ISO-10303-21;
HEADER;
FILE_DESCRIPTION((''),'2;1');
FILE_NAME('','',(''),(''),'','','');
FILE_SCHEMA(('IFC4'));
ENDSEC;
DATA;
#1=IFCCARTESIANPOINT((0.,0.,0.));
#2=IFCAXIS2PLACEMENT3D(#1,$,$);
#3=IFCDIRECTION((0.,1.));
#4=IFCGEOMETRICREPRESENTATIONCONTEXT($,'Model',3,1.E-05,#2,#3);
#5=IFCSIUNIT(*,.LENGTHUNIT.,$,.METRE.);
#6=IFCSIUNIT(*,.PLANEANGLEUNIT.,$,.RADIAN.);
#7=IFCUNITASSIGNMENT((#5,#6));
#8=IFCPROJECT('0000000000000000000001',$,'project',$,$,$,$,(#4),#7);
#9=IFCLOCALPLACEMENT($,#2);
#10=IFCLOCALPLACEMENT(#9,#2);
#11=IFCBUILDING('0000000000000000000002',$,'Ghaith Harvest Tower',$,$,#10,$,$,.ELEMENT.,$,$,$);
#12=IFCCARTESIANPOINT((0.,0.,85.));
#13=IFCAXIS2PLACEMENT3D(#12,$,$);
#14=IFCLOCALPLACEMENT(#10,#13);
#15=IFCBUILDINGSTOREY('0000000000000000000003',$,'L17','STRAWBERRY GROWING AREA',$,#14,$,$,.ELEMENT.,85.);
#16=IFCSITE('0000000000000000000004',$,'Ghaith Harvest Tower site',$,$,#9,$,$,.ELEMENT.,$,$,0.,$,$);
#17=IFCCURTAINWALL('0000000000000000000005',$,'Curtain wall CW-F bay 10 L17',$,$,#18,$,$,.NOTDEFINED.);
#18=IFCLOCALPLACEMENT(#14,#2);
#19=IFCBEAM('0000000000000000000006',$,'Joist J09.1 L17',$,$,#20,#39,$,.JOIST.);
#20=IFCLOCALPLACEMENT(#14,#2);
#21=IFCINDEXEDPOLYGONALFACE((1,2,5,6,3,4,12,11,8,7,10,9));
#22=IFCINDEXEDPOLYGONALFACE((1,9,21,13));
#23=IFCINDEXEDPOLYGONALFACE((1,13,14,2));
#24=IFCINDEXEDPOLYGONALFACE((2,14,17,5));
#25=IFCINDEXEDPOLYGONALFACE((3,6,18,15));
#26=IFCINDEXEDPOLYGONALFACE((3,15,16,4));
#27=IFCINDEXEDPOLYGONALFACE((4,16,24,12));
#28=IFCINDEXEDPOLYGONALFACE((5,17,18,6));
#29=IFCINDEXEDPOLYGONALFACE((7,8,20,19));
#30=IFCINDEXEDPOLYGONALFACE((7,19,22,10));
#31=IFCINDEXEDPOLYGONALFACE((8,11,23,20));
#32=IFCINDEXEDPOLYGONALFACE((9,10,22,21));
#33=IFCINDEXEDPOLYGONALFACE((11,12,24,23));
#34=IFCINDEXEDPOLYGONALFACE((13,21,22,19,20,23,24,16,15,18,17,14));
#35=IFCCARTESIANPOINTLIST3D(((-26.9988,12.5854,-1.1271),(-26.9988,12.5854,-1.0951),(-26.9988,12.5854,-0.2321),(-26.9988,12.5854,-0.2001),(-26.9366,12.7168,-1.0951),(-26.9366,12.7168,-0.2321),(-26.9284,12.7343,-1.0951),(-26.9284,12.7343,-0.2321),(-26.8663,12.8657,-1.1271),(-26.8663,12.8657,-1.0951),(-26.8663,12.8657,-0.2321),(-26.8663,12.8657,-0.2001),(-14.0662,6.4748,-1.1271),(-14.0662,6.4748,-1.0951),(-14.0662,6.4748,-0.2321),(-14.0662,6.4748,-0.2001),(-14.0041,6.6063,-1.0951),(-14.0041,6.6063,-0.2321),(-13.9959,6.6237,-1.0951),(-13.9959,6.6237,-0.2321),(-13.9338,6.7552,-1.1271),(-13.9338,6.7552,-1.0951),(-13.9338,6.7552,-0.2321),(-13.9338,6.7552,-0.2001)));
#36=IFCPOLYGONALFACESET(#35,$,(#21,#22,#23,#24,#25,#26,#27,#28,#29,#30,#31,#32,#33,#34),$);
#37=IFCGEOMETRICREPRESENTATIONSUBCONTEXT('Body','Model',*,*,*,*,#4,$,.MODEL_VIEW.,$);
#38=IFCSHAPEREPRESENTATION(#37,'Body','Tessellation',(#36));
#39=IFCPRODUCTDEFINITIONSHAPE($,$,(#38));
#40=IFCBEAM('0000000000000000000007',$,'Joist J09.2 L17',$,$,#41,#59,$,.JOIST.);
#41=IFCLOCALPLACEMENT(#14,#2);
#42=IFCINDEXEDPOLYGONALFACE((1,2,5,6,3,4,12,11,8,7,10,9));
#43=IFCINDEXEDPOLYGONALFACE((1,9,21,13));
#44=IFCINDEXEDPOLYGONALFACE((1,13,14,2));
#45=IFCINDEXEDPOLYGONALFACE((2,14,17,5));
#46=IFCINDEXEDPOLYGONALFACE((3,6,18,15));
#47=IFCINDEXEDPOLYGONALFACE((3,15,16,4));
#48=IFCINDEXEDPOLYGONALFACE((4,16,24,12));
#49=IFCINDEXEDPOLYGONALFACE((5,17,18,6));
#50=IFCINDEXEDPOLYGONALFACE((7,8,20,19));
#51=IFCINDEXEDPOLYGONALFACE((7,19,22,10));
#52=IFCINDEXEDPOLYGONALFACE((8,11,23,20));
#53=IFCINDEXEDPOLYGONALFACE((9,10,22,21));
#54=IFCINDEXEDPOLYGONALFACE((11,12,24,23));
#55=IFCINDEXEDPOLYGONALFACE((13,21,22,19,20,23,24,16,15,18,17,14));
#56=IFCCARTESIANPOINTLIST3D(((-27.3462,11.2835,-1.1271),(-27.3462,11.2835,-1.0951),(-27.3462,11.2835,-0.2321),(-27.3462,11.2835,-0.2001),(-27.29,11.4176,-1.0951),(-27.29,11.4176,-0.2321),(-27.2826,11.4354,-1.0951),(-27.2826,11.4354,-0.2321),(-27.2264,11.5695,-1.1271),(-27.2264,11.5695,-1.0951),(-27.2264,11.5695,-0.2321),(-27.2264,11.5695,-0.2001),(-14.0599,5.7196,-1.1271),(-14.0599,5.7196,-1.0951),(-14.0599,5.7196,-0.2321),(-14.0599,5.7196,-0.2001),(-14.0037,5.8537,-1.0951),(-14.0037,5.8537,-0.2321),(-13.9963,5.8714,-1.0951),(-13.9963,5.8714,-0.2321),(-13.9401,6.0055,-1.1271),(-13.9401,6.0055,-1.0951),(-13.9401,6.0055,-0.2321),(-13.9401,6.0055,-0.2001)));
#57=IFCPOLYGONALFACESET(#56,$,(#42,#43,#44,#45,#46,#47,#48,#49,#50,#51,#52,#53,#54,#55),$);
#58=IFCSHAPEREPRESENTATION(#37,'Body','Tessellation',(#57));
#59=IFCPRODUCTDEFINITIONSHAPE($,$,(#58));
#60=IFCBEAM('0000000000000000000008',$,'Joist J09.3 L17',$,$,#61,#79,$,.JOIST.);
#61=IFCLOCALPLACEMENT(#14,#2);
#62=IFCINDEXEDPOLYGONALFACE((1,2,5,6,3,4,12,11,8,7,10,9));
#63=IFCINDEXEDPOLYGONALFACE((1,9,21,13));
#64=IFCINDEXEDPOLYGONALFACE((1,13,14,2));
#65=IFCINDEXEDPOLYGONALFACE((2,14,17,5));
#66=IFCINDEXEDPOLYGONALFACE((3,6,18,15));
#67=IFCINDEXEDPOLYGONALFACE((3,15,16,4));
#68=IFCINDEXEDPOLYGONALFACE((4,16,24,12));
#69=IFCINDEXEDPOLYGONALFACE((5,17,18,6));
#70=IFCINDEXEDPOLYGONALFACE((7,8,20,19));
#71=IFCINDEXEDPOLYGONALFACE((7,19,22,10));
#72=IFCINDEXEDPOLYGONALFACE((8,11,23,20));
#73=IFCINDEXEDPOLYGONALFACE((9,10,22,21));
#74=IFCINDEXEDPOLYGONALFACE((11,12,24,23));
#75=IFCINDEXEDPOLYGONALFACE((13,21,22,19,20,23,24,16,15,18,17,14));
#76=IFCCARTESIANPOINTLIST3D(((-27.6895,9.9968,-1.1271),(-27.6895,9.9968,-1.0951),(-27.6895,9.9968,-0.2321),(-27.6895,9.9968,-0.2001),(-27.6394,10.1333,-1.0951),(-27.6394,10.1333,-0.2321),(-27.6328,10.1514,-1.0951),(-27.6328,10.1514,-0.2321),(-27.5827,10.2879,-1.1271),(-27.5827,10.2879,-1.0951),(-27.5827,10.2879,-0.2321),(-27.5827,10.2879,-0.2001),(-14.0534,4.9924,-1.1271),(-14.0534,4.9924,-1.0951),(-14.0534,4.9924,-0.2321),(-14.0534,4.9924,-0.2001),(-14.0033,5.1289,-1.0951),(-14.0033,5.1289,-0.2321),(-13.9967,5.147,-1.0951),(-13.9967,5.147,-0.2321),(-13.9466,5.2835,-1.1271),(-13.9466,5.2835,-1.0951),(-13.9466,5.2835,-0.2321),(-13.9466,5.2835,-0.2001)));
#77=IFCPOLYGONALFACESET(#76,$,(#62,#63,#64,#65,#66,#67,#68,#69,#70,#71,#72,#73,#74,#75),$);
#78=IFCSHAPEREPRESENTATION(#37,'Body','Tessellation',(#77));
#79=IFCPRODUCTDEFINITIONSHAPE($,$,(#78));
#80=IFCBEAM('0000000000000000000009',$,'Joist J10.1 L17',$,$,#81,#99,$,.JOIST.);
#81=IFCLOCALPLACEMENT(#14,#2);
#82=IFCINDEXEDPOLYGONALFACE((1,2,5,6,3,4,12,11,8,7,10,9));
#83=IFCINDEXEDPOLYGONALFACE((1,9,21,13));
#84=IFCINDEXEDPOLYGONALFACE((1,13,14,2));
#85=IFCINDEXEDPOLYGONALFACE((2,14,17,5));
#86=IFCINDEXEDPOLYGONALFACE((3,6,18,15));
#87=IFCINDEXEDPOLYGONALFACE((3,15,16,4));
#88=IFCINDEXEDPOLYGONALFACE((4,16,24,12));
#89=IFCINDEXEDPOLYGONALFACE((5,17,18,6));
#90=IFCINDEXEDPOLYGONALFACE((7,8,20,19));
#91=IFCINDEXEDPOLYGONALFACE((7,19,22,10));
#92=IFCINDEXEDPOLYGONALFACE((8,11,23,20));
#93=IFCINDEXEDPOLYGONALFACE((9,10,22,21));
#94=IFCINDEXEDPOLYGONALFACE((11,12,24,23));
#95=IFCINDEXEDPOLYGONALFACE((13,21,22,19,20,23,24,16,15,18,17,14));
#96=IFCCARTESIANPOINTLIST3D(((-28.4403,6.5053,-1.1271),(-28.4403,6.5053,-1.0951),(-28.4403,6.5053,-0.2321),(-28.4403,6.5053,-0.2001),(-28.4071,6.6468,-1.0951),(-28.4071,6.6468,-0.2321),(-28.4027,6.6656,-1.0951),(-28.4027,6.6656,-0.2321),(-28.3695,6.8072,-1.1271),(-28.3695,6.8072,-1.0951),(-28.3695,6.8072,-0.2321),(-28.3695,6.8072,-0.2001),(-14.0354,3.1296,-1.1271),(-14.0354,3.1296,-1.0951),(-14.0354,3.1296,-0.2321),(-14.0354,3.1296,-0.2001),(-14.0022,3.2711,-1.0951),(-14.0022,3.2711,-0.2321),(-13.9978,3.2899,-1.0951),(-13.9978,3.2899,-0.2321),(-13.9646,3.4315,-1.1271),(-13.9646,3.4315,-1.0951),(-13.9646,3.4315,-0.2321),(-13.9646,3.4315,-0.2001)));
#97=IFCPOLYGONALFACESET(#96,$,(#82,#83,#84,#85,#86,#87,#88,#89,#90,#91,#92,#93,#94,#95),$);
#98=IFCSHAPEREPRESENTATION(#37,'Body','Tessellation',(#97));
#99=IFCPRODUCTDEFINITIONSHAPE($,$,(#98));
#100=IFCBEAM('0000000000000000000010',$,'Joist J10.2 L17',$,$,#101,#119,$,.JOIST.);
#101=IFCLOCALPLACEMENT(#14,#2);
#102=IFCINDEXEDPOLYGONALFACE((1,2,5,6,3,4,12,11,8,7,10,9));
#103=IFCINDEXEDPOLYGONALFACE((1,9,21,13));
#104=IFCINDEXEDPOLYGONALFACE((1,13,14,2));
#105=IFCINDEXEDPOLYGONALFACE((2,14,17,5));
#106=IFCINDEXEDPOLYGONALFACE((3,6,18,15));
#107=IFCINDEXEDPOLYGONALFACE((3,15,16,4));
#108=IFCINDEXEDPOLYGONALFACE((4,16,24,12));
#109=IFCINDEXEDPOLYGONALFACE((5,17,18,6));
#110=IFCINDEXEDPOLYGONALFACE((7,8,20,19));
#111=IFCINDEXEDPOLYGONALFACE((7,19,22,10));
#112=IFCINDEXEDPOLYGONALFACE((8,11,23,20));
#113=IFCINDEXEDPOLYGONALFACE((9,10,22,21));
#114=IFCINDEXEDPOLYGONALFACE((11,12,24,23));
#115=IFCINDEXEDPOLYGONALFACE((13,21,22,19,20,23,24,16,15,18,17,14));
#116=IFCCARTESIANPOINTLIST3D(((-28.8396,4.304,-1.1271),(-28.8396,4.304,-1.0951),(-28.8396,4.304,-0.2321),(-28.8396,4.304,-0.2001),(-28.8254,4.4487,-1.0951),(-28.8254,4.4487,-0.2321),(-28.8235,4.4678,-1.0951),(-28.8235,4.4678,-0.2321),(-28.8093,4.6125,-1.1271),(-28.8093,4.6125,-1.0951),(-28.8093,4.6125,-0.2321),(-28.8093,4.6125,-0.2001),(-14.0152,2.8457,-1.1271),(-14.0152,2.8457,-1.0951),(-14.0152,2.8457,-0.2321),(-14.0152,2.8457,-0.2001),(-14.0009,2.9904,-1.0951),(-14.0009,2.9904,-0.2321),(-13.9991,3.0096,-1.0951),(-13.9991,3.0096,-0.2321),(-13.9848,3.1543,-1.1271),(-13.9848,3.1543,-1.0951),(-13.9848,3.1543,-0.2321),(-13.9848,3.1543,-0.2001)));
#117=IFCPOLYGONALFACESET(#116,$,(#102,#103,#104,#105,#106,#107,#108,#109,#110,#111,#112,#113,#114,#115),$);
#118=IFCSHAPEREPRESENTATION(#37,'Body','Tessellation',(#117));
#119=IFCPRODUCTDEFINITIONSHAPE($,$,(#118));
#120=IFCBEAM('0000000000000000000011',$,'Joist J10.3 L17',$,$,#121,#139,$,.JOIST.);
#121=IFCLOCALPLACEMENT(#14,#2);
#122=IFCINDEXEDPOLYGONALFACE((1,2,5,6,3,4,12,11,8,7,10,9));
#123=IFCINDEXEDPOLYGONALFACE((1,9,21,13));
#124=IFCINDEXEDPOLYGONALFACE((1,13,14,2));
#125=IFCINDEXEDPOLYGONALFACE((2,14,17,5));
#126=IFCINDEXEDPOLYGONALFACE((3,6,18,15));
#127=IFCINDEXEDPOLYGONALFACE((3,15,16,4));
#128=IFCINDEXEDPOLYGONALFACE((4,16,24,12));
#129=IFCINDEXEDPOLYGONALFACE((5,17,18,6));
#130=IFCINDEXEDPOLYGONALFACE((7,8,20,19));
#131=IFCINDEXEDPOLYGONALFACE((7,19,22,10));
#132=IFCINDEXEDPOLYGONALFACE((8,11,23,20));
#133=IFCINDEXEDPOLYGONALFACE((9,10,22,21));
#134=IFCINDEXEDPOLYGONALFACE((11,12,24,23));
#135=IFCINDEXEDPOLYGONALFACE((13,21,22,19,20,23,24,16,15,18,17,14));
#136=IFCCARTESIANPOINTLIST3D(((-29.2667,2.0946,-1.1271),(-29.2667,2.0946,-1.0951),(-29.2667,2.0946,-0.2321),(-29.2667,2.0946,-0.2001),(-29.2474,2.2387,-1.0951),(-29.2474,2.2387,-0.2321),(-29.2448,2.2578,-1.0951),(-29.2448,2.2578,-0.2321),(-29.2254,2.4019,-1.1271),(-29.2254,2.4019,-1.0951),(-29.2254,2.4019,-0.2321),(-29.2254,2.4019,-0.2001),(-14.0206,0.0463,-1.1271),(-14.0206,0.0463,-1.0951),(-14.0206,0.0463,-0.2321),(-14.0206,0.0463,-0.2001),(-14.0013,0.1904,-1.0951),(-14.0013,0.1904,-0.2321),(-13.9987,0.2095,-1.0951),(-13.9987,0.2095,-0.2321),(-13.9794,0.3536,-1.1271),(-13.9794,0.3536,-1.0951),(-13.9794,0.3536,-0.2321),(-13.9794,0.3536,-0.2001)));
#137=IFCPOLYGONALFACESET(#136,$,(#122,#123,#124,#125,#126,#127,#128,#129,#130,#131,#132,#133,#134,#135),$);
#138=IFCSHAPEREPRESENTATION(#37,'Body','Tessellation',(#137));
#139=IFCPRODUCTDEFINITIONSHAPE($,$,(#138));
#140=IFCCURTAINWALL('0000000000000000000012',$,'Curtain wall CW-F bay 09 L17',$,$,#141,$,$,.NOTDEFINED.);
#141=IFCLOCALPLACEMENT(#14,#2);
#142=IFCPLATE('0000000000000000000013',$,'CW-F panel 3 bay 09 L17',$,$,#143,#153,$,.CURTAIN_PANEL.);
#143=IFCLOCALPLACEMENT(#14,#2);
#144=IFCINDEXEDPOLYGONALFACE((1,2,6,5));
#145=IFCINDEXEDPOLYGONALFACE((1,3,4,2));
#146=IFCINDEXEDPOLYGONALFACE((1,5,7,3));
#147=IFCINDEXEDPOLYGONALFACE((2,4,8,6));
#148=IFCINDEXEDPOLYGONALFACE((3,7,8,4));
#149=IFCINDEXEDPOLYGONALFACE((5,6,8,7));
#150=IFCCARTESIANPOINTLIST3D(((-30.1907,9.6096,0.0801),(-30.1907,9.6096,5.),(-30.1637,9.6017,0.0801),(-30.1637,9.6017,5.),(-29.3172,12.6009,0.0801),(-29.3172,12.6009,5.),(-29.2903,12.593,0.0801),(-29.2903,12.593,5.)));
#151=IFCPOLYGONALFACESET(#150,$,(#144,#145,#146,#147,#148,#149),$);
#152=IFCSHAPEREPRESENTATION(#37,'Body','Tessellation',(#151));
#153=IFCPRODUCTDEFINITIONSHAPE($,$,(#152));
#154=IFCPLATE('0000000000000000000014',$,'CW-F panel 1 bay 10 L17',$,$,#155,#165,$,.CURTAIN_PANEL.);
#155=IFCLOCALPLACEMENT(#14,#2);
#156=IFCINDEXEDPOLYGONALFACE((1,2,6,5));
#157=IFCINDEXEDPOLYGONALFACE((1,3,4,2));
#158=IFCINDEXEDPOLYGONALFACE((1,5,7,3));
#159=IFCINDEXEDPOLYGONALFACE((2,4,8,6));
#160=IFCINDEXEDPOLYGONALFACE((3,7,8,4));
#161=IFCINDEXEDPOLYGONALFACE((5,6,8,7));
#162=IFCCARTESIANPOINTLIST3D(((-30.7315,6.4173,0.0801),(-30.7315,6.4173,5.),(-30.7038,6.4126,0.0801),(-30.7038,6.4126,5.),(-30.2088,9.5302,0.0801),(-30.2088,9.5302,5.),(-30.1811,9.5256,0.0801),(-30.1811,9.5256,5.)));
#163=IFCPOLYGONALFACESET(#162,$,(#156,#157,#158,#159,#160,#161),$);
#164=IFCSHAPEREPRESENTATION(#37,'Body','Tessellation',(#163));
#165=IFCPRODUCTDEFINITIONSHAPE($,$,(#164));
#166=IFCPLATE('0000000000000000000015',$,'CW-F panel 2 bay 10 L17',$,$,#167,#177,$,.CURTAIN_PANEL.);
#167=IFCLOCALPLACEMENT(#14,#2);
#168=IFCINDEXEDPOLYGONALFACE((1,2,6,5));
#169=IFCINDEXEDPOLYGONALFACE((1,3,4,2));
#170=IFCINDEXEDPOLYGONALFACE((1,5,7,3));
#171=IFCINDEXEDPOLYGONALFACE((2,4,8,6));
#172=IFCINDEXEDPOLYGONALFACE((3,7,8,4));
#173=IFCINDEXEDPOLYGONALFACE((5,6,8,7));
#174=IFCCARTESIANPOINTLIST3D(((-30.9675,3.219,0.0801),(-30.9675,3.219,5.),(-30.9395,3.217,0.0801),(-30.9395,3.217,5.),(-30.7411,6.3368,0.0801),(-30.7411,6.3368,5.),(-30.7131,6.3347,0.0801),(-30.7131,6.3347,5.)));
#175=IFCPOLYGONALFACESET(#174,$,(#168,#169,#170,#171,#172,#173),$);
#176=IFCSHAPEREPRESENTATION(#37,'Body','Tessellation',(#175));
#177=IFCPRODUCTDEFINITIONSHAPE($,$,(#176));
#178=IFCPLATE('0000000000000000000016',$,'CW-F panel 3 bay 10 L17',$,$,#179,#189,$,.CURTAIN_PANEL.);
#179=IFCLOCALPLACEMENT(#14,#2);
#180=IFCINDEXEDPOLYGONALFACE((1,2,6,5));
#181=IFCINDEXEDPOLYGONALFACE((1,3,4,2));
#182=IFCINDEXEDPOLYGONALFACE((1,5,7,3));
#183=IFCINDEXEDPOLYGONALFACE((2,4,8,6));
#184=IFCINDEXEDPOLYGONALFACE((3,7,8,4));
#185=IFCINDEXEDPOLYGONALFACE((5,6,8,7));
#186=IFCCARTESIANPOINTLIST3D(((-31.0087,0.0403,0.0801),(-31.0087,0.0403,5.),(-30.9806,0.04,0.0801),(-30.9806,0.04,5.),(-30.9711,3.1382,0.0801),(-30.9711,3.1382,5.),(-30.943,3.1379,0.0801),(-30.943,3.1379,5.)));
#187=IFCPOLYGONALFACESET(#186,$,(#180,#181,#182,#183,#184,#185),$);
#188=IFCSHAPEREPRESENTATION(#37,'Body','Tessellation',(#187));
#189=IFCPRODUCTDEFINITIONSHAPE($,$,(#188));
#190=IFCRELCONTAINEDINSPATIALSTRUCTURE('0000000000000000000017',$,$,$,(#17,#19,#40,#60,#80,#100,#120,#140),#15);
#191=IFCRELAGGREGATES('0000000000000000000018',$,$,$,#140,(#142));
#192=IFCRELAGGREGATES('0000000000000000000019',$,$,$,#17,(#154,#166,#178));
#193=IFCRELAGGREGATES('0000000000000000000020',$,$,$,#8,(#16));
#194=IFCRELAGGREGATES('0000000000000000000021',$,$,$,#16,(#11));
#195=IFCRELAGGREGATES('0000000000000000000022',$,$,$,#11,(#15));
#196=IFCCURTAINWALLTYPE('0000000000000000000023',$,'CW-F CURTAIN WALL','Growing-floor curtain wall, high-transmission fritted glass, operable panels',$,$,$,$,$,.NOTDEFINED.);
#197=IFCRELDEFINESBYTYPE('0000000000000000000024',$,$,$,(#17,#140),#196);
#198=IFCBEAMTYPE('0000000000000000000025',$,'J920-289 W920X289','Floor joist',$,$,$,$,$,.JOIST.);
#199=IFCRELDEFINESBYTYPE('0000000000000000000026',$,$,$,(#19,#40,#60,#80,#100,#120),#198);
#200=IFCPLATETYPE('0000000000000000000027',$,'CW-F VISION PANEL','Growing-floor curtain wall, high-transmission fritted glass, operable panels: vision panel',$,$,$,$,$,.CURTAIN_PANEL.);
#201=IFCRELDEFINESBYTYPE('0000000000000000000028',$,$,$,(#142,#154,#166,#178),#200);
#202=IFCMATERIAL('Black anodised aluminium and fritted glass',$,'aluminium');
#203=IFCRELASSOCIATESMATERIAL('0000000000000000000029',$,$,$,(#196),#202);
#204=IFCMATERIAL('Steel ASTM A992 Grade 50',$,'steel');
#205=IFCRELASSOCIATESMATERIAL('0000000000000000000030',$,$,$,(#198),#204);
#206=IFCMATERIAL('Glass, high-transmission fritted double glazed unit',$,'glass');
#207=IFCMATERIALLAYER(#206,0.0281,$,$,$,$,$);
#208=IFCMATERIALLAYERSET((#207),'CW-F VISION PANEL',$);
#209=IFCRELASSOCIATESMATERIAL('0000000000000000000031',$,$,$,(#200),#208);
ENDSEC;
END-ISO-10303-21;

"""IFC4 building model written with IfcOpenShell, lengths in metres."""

from ifc_helpers import new_model, si_unit, direction, frame, origin, origin_2d, place, context, subcontext, project, spatial, rectangle, i_section, extrude, material, layer, layer_set, material_profile, profile_set, type_object, element, aggregate, save


model = new_model("IFC4")

# Units and contexts
model_context = context("Model", 3, precision=1e-05, world=origin(), true_north=direction((0.0, 1.0)))
body_context = subcontext(model_context, "Body", "Model", "MODEL_VIEW")
ifc_project = project(units=[si_unit("LENGTHUNIT", "METRE"), si_unit("PLANEANGLEUNIT", "RADIAN")], contexts=[model_context])

# Site, building, storey
site_placement = place(None, origin())
site = spatial("IfcSite", under=ifc_project, at=site_placement, Name="Ghaith Harvest Tower site", CompositionType="ELEMENT", RefElevation=0.0)
building_placement = place(site_placement, origin())
building = spatial("IfcBuilding", under=site, at=building_placement, Name="Ghaith Harvest Tower", CompositionType="ELEMENT")
storey_placement = place(building_placement, frame((0.0, 0.0, 85.0)))
storey = spatial("IfcBuildingStorey", under=building, at=storey_placement, Name="L17", Description="STRAWBERRY GROWING AREA", CompositionType="ELEMENT", Elevation=85.0)

# Curtain wall
ifc_material_1 = material(Name="Black anodised aluminium and fritted glass", Category="aluminium")
curtain_wall_type = type_object("IfcCurtainWallType", Name="CW-F CURTAIN WALL", Description="Growing-floor curtain wall, high-transmission fritted glass, operable panels", PredefinedType="NOTDEFINED", material=ifc_material_1)
curtain_wall_1_placement = place(storey_placement, origin())
curtain_wall_1 = element("IfcCurtainWall", 1, at=curtain_wall_1_placement, inside=storey, type_object=curtain_wall_type, Name="Curtain wall CW-F bay 10 L17", PredefinedType="NOTDEFINED")

# Beams
ifc_material_2 = material(Name="Steel ASTM A992 Grade 50", Category="steel")
ifc_material_profile_1 = material_profile(ifc_material_2, i_section(OverallWidth=0.3101, OverallDepth=0.927, WebThickness=0.0193, FlangeThickness=0.032, at=origin_2d()), Name="W920X289")
ifc_profile_set_1 = profile_set([ifc_material_profile_1], Name="Steel ASTM A992 Grade 50")
beam_type_1 = type_object("IfcBeamType", Name="J920-289 W920X289", Description="Floor joist", PredefinedType="JOIST", material=ifc_profile_set_1)
beam_1_placement = place(storey_placement, frame((-14.0, 6.615, -0.6636), z_axis=(-0.904153, 0.427208, 0.0), x_axis=(-0.427208, -0.904153, 0.0)))
element("IfcBeam", 2, at=beam_1_placement, inside=storey, type_object=beam_type_1, Name="Joist J09.1 L17", PredefinedType="JOIST", context=body_context, shape_type="SweptSolid", body=[
    extrude(i_section(OverallWidth=0.3101, OverallDepth=0.927, WebThickness=0.0193, FlangeThickness=0.032, at=origin_2d()), origin(), (0.0, 0.0, 1.0), 14.3035),
])
beam_2_placement = place(storey_placement, frame((-14.0, 5.8625, -0.6636), z_axis=(-0.922386, 0.38627, 0.0), x_axis=(-0.38627, -0.922386, 0.0)))
element("IfcBeam", 3, at=beam_2_placement, inside=storey, type_object=beam_type_1, Name="Joist J09.2 L17", PredefinedType="JOIST", context=body_context, shape_type="SweptSolid", body=[
    extrude(i_section(OverallWidth=0.3101, OverallDepth=0.927, WebThickness=0.0193, FlangeThickness=0.032, at=origin_2d()), origin(), (0.0, 0.0, 1.0), 14.4043),
])
beam_3_placement = place(storey_placement, frame((-14.0, 5.1379, -0.6636), z_axis=(-0.938775, 0.34453, 0.0), x_axis=(-0.34453, -0.938775, 0.0)))
element("IfcBeam", 4, at=beam_3_placement, inside=storey, type_object=beam_type_1, Name="Joist J09.3 L17", PredefinedType="JOIST", context=body_context, shape_type="SweptSolid", body=[
    extrude(i_section(OverallWidth=0.3101, OverallDepth=0.927, WebThickness=0.0193, FlangeThickness=0.032, at=origin_2d()), origin(), (0.0, 0.0, 1.0), 14.5254),
])
beam_4_placement = place(storey_placement, frame((-14.0, 3.2805, -0.6636), z_axis=(-0.973623, 0.228163, 0.0), x_axis=(-0.228163, -0.973623, 0.0)))
element("IfcBeam", 5, at=beam_4_placement, inside=storey, type_object=beam_type_1, Name="Joist J10.1 L17", PredefinedType="JOIST", context=body_context, shape_type="SweptSolid", body=[
    extrude(i_section(OverallWidth=0.3101, OverallDepth=0.927, WebThickness=0.0193, FlangeThickness=0.032, at=origin_2d()), origin(), (0.0, 0.0, 1.0), 14.7952),
])
beam_5_placement = place(storey_placement, frame((-14.0, 3.0, -0.6636), z_axis=(-0.995197, 0.097895, 0.0), x_axis=(-0.097895, -0.995197, 0.0)))
element("IfcBeam", 6, at=beam_5_placement, inside=storey, type_object=beam_type_1, Name="Joist J10.2 L17", PredefinedType="JOIST", context=body_context, shape_type="SweptSolid", body=[
    extrude(i_section(OverallWidth=0.3101, OverallDepth=0.927, WebThickness=0.0193, FlangeThickness=0.032, at=origin_2d()), origin(), (0.0, 0.0, 1.0), 14.896),
])
beam_6_placement = place(storey_placement, frame((-14.0, 0.2, -0.6636), z_axis=(-0.991095, 0.133155, 0.0), x_axis=(-0.133155, -0.991095, 0.0)))
element("IfcBeam", 7, at=beam_6_placement, inside=storey, type_object=beam_type_1, Name="Joist J10.3 L17", PredefinedType="JOIST", context=body_context, shape_type="SweptSolid", body=[
    extrude(i_section(OverallWidth=0.3101, OverallDepth=0.927, WebThickness=0.0193, FlangeThickness=0.032, at=origin_2d()), origin(), (0.0, 0.0, 1.0), 15.3831),
])

# Curtain wall, plate
curtain_wall_2_placement = place(storey_placement, origin())
curtain_wall_2 = element("IfcCurtainWall", 8, at=curtain_wall_2_placement, inside=storey, type_object=curtain_wall_type, Name="Curtain wall CW-F bay 09 L17", PredefinedType="NOTDEFINED")
ifc_material_3 = material(Name="Glass, high-transmission fritted double glazed unit", Category="glass")
ifc_layer_1 = layer(ifc_material_3, 0.0281)
ifc_layer_set_1 = layer_set([ifc_layer_1], Name="CW-F VISION PANEL")
plate_type = type_object("IfcPlateType", Name="CW-F VISION PANEL", Description="Growing-floor curtain wall, high-transmission fritted glass, operable panels: vision panel", PredefinedType="CURTAIN_PANEL", material=ifc_layer_set_1)
plate_1_placement = place(storey_placement, frame((-29.7405, 11.1013, 0.0801), z_axis=(0.0, 0.0, 1.0), x_axis=(-0.280297, -0.959913, 0.0)))
plate_1 = element("IfcPlate", 9, at=plate_1_placement, type_object=plate_type, Name="CW-F panel 3 bay 09 L17", PredefinedType="CURTAIN_PANEL", context=body_context, shape_type="SweptSolid", body=[
    extrude(rectangle(XDim=3.1162, YDim=0.0281, at=origin_2d()), origin(), (0.0, 0.0, 1.0), 4.9199),
])
aggregate(curtain_wall_2, [plate_1])

# Plates
plate_2_placement = place(storey_placement, frame((-30.4563, 7.9714, 0.0801), z_axis=(0.0, 0.0, 1.0), x_axis=(-0.165581, -0.986196, 0.0)))
plate_2 = element("IfcPlate", 10, at=plate_2_placement, type_object=plate_type, Name="CW-F panel 1 bay 10 L17", PredefinedType="CURTAIN_PANEL", context=body_context, shape_type="SweptSolid", body=[
    extrude(rectangle(XDim=3.1565, YDim=0.0281, at=origin_2d()), origin(), (0.0, 0.0, 1.0), 4.9199),
])
plate_3_placement = place(storey_placement, frame((-30.8403, 4.7769, 0.0801), z_axis=(0.0, 0.0, 1.0), x_axis=(-0.072421, -0.997374, 0.0)))
plate_3 = element("IfcPlate", 11, at=plate_3_placement, type_object=plate_type, Name="CW-F panel 2 bay 10 L17", PredefinedType="CURTAIN_PANEL", context=body_context, shape_type="SweptSolid", body=[
    extrude(rectangle(XDim=3.126, YDim=0.0281, at=origin_2d()), origin(), (0.0, 0.0, 1.0), 4.9199),
])
plate_4_placement = place(storey_placement, frame((-30.9758, 1.5891, 0.0801), z_axis=(0.0, 0.0, 1.0), x_axis=(-0.012133, -0.999926, 0.0)))
plate_4 = element("IfcPlate", 12, at=plate_4_placement, type_object=plate_type, Name="CW-F panel 3 bay 10 L17", PredefinedType="CURTAIN_PANEL", context=body_context, shape_type="SweptSolid", body=[
    extrude(rectangle(XDim=3.0981, YDim=0.0281, at=origin_2d()), origin(), (0.0, 0.0, 1.0), 4.9199),
])
aggregate(curtain_wall_1, [plate_2, plate_3, plate_4])

save(model, "model.ifc")
